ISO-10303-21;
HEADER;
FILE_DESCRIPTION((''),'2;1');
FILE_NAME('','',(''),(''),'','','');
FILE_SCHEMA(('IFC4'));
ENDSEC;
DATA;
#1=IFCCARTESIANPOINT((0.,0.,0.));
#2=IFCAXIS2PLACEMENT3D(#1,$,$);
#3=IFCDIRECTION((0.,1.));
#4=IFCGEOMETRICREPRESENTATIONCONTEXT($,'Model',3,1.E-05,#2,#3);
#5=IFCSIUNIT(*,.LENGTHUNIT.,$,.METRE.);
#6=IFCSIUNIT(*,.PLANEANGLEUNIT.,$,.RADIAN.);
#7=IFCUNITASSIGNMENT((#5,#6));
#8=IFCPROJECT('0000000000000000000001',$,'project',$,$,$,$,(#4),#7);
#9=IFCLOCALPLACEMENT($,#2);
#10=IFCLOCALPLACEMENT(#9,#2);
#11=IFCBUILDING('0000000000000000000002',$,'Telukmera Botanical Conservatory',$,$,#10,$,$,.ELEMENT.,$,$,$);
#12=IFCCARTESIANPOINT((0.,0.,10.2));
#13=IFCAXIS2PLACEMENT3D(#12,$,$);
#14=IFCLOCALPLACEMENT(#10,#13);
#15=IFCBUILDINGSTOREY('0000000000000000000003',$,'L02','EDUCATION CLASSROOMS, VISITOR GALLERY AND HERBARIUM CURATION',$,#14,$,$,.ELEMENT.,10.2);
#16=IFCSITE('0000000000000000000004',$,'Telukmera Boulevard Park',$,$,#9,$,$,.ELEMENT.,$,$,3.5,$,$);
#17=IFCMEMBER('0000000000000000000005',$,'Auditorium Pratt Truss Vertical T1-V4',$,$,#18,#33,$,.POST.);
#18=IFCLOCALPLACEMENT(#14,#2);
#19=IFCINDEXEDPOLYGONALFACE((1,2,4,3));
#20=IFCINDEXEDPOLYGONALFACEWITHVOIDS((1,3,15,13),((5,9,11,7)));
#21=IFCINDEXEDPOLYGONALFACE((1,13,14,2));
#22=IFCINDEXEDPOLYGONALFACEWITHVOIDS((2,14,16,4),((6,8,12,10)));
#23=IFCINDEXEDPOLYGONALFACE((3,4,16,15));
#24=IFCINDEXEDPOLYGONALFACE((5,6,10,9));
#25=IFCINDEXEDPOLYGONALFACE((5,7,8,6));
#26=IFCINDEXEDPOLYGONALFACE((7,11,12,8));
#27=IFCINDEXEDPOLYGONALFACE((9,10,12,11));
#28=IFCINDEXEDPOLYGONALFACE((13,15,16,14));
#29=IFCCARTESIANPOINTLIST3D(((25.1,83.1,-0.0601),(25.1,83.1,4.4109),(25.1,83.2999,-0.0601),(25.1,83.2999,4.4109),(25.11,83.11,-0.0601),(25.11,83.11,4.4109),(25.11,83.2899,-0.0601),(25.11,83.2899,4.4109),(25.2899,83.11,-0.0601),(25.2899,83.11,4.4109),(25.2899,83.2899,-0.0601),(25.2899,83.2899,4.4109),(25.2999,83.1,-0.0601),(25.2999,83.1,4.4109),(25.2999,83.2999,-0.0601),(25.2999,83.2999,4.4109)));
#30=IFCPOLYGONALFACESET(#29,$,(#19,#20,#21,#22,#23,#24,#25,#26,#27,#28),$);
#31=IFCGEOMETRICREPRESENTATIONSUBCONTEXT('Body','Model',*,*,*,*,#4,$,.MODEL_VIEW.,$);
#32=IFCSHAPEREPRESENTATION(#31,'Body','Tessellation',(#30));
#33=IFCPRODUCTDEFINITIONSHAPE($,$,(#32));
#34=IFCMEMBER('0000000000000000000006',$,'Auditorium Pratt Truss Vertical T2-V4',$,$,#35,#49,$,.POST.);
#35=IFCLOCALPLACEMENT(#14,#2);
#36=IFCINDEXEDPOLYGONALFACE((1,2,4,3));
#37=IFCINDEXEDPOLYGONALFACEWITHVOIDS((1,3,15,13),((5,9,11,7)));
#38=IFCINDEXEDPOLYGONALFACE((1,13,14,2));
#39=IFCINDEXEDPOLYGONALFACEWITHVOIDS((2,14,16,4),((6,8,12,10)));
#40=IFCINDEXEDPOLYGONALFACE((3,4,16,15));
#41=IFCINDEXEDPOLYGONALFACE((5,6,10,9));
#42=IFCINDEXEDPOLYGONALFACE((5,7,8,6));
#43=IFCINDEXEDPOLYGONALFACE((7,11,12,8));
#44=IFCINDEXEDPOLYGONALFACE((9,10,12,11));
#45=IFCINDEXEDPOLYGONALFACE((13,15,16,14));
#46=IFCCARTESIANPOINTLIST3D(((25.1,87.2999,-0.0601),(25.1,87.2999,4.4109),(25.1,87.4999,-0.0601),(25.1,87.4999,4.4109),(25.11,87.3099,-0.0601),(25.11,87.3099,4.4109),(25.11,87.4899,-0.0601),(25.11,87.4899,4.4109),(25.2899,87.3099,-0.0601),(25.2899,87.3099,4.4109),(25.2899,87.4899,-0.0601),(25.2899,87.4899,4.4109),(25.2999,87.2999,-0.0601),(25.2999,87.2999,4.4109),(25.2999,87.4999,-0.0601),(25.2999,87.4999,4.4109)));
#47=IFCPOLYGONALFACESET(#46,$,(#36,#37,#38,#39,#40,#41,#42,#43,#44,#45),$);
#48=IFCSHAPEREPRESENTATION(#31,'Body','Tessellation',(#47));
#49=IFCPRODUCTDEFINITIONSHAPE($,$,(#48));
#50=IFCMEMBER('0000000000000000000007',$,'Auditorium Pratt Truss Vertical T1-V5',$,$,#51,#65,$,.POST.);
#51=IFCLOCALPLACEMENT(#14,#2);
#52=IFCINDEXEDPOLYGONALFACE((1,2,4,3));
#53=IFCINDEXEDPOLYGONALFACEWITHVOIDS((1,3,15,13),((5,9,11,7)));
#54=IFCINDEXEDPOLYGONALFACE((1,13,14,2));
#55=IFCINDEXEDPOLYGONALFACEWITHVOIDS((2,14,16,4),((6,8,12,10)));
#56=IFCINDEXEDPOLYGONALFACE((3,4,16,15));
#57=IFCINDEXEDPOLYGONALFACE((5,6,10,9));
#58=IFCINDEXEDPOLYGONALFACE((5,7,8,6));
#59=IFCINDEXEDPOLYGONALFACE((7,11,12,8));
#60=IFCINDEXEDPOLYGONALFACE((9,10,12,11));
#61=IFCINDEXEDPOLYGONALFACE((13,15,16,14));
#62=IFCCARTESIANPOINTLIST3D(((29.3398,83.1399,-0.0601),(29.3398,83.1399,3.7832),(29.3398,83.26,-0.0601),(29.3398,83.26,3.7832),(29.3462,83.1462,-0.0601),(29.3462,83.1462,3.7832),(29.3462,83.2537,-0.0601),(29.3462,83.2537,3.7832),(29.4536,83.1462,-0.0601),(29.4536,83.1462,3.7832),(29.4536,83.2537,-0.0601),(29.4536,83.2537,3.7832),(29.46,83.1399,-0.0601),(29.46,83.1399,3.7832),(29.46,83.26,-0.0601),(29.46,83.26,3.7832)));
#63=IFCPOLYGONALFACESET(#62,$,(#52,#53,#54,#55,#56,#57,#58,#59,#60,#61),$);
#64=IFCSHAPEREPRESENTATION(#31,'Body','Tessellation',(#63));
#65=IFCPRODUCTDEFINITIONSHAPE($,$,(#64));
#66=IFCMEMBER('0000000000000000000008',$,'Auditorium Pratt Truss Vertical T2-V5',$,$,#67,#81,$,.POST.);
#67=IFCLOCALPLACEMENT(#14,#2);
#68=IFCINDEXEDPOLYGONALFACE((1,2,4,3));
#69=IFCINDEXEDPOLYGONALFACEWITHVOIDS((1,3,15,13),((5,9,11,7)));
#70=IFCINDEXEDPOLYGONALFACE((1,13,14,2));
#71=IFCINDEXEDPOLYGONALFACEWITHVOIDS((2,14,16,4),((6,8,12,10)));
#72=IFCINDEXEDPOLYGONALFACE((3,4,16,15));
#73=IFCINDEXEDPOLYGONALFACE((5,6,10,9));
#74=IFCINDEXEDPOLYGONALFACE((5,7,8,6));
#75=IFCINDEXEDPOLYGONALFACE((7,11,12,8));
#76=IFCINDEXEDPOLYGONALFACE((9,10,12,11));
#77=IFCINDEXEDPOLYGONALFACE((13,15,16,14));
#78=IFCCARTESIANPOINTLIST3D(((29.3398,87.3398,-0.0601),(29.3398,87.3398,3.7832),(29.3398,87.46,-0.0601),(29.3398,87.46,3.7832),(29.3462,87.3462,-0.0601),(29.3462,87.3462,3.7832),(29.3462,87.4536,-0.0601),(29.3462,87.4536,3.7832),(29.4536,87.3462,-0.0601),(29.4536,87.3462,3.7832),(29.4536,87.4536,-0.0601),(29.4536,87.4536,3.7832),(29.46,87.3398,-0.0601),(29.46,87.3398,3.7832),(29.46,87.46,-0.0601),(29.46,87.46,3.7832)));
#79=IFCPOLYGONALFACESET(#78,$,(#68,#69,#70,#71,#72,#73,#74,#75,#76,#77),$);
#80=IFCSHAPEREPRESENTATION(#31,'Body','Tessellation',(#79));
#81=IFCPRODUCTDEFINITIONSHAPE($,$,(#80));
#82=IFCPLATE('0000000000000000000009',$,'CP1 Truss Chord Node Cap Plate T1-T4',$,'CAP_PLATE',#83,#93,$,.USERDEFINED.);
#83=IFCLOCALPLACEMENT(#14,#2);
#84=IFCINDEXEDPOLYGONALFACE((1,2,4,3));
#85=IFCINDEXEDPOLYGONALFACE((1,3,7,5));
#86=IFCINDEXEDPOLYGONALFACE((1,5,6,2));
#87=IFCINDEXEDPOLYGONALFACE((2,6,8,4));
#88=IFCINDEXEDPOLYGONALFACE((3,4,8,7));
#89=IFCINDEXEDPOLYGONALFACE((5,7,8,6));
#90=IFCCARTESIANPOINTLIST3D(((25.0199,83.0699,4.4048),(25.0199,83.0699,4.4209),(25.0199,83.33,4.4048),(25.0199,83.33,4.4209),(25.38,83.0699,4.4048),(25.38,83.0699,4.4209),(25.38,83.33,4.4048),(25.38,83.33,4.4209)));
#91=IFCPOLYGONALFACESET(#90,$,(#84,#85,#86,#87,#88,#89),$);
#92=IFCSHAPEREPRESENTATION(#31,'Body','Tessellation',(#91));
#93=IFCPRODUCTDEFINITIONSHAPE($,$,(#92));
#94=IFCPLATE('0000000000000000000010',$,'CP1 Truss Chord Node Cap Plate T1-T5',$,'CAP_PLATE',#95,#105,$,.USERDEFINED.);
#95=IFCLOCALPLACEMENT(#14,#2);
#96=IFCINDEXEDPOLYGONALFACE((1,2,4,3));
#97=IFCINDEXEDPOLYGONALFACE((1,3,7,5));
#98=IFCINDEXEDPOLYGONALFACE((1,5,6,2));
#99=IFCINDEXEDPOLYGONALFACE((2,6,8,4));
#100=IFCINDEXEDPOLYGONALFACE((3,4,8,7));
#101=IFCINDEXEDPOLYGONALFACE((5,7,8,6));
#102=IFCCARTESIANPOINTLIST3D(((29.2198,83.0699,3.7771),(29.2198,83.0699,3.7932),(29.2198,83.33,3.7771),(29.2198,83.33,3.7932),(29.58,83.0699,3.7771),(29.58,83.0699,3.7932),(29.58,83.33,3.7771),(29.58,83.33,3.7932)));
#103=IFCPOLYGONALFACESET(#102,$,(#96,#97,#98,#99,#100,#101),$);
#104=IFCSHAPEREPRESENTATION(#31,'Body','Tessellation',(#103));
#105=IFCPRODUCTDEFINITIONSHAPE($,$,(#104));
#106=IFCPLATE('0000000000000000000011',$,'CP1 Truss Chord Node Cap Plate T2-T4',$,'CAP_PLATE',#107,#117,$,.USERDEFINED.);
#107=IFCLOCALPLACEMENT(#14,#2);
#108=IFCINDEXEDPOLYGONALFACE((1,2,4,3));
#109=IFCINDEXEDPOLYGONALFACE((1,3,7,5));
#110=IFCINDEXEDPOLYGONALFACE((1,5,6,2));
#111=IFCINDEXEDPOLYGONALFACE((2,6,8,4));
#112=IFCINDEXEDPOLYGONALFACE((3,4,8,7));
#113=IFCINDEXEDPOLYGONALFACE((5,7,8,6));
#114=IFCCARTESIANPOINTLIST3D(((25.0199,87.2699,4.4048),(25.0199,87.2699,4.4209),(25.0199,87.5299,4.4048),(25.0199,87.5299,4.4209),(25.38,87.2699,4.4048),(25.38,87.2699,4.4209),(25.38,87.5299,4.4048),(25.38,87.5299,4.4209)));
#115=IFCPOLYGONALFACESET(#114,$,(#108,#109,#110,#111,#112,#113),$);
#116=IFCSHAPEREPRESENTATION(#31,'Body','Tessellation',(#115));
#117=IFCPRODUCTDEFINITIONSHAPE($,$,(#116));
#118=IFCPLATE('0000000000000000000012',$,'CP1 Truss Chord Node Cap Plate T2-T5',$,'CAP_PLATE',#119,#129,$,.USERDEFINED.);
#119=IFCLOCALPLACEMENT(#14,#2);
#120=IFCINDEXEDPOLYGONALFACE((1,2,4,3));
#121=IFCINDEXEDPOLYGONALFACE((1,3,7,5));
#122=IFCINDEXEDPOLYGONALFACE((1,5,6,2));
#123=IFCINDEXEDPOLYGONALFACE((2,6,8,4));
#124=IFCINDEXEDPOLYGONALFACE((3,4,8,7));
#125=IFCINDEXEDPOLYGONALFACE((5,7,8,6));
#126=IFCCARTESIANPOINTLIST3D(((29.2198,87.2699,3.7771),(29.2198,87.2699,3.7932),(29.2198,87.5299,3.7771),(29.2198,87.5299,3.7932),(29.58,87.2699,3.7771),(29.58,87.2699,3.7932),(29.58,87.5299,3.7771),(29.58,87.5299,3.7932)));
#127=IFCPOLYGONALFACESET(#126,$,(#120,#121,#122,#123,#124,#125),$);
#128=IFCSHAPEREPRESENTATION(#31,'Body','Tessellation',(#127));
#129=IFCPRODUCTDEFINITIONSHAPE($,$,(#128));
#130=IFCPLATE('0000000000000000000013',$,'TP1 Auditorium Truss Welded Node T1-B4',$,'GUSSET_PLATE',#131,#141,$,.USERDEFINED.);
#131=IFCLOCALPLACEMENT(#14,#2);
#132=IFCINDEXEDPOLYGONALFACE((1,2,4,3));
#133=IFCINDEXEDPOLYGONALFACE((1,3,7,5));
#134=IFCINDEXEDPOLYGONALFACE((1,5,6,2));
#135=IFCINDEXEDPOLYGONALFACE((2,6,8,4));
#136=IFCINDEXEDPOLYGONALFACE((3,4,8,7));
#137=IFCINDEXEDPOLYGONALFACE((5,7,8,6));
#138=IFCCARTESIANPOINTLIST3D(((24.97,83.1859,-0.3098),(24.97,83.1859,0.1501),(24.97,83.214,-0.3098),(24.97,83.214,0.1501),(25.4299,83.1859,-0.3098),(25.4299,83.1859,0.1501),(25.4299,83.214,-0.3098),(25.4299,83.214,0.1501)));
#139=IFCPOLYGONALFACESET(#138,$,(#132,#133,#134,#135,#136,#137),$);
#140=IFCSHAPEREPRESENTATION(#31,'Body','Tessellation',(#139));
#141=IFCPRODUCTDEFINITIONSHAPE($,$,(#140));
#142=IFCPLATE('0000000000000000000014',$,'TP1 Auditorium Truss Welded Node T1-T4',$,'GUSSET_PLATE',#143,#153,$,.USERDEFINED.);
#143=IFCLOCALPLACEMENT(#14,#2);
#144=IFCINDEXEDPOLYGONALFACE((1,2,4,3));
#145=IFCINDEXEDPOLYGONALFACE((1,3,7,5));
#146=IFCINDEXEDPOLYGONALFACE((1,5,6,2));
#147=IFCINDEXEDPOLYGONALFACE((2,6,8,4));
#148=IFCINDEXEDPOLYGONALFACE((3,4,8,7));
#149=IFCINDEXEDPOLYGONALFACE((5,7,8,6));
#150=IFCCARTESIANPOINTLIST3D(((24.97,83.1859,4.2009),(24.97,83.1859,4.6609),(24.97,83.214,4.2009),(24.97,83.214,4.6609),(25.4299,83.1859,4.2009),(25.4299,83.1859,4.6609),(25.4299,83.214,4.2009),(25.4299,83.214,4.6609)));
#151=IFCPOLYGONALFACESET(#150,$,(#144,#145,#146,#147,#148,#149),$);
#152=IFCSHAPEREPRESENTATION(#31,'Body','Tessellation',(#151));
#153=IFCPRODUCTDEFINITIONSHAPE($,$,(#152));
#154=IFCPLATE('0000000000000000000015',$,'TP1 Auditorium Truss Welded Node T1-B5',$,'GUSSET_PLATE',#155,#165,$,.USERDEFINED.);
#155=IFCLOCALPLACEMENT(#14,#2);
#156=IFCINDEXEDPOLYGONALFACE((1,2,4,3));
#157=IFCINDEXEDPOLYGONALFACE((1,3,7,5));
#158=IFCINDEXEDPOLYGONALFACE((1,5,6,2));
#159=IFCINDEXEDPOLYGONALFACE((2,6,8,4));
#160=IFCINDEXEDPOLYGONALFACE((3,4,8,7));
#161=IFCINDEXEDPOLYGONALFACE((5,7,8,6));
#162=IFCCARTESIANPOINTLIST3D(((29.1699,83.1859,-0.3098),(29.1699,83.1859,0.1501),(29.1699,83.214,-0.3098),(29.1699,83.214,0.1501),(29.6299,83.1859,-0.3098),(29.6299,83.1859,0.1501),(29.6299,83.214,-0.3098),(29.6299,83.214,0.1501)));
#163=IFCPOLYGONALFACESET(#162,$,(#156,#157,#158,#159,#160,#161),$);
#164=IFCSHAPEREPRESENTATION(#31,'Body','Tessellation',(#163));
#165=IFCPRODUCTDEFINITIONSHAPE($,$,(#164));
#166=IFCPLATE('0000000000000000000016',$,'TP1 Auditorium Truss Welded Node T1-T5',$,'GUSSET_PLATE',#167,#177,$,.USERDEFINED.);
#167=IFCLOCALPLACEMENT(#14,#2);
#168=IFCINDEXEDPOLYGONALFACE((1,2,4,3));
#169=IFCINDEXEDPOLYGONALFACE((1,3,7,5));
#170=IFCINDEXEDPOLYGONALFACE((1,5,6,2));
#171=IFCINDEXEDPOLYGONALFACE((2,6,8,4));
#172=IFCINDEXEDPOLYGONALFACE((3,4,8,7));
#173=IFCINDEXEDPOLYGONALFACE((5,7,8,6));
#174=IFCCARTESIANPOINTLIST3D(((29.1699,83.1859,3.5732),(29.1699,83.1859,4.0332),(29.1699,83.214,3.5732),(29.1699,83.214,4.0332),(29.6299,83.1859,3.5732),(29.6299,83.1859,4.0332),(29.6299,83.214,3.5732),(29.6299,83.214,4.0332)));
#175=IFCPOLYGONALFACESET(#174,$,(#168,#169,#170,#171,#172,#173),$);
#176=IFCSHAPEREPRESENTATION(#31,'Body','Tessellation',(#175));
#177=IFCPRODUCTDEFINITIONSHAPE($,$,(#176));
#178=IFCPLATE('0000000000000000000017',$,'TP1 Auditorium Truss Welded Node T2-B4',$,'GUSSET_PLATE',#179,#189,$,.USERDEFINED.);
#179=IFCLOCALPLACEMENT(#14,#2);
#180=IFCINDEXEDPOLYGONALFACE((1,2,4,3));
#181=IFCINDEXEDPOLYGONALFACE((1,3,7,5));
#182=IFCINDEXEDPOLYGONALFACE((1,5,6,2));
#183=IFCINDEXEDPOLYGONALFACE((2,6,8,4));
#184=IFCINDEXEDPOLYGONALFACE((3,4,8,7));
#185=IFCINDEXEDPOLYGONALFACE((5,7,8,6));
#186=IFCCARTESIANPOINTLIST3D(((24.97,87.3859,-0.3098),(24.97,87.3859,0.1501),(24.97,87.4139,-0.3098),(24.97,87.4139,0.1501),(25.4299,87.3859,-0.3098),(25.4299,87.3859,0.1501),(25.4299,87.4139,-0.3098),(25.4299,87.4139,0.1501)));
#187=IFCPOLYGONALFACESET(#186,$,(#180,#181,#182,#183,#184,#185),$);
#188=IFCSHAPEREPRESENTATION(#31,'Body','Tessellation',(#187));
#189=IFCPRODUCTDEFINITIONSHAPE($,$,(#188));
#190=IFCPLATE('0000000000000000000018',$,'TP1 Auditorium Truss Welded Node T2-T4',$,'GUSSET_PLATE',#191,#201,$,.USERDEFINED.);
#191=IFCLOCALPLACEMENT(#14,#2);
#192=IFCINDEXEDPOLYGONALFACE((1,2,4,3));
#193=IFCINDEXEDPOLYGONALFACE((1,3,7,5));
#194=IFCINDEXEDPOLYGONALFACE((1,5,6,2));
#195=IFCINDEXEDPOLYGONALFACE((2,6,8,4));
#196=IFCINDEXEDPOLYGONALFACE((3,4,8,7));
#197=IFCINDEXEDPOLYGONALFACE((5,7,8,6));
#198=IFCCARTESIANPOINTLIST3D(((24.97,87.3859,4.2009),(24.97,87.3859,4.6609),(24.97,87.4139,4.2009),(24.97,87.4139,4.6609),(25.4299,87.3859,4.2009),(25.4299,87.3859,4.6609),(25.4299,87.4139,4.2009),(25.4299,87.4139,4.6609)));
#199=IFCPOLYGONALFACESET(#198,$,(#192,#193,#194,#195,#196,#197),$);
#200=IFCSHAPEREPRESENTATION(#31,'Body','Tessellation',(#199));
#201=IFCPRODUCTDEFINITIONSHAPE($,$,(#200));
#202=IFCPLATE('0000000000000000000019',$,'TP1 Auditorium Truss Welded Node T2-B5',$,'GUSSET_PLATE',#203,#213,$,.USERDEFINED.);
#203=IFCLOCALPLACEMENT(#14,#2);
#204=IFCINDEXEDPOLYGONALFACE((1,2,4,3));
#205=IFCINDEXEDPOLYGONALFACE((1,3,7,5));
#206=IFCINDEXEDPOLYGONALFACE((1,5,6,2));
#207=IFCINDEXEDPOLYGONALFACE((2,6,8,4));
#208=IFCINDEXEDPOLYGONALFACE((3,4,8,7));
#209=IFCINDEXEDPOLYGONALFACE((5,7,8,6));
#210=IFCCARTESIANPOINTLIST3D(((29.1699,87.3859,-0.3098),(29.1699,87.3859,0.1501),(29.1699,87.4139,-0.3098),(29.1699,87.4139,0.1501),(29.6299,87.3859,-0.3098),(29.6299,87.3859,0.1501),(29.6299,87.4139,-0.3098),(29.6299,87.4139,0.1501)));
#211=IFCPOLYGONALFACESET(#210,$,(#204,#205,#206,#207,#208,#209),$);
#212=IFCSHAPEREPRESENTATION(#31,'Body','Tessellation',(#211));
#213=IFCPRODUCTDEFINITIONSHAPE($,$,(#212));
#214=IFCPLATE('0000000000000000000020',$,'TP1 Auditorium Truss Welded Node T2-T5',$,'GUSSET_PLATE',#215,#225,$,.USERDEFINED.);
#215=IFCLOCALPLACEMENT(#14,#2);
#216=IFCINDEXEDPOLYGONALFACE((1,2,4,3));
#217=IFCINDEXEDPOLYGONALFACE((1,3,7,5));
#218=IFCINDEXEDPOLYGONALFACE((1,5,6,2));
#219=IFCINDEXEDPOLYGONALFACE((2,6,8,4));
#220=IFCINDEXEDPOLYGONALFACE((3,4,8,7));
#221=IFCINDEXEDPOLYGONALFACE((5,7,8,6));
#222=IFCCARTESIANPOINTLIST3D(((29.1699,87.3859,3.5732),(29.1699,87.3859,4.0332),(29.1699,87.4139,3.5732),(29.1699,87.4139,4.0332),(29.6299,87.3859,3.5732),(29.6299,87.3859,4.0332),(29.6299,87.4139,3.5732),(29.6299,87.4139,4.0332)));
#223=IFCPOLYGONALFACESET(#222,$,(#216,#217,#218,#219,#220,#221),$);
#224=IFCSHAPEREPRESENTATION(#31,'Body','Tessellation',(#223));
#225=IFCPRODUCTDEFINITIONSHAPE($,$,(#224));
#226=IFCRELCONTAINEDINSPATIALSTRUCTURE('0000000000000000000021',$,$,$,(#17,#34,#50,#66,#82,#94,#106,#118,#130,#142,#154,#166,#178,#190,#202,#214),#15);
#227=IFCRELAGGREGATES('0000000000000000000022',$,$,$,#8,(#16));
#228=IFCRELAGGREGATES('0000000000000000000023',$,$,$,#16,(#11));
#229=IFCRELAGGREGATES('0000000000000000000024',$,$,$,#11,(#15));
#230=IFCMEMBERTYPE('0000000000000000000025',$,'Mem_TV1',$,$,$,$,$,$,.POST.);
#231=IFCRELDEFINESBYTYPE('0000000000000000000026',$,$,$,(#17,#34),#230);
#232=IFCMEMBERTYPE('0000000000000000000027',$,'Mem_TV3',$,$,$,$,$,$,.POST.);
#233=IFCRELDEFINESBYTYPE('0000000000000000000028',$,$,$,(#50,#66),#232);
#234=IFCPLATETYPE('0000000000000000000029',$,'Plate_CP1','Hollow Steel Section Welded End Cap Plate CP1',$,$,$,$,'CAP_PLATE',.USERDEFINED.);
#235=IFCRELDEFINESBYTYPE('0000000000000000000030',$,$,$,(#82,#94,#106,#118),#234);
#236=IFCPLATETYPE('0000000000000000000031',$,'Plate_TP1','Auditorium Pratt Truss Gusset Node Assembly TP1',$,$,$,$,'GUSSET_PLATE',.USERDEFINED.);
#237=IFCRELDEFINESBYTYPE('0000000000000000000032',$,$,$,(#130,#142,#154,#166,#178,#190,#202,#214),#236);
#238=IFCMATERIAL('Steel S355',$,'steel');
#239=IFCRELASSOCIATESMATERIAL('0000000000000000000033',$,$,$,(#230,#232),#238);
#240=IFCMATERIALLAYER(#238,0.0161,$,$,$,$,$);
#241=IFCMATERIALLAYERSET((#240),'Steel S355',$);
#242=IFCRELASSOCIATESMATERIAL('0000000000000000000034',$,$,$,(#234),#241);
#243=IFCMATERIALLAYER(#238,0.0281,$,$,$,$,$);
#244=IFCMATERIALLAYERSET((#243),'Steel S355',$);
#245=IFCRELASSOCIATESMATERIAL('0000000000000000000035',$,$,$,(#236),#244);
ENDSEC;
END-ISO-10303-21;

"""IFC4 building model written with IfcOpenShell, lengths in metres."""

from ifc_helpers import new_model, si_unit, direction, frame, origin, origin_2d, place, context, subcontext, project, spatial, rectangle, hollow_rectangle, extrude, material, layer, layer_set, material_profile, profile_set, type_object, element, save


model = new_model("IFC4")

# Units and contexts
model_context = context("Model", 3, precision=1e-05, world=origin(), true_north=direction((0.0, 1.0)))
body_context = subcontext(model_context, "Body", "Model", "MODEL_VIEW")
ifc_project = project(units=[si_unit("LENGTHUNIT", "METRE"), si_unit("PLANEANGLEUNIT", "RADIAN")], contexts=[model_context])

# Site, building, storey
site_placement = place(None, origin())
site = spatial("IfcSite", under=ifc_project, at=site_placement, Name="Telukmera Boulevard Park", CompositionType="ELEMENT", RefElevation=3.5)
building_placement = place(site_placement, origin())
building = spatial("IfcBuilding", under=site, at=building_placement, Name="Telukmera Botanical Conservatory", CompositionType="ELEMENT")
storey_placement = place(building_placement, frame((0.0, 0.0, 10.2)))
storey = spatial("IfcBuildingStorey", under=building, at=storey_placement, Name="L02", Description="EDUCATION CLASSROOMS, VISITOR GALLERY AND HERBARIUM CURATION", CompositionType="ELEMENT", Elevation=10.2)

# Members
ifc_material_1 = material(Name="Steel S355", Category="steel")
ifc_material_profile_1 = material_profile(ifc_material_1, hollow_rectangle(XDim=0.2, YDim=0.2, WallThickness=0.01, at=origin_2d()), Name="SHS 200x200x10.0")
ifc_profile_set_1 = profile_set([ifc_material_profile_1], Name="Steel S355")
member_type_1 = type_object("IfcMemberType", Name="Mem_TV1", PredefinedType="POST", material=ifc_profile_set_1)
for number, where, z_axis, x_axis, name in (
    (1, (25.2, 83.2, -0.0601), (0.0, 0.0, 1.0), (1.0, 0.0, 0.0), "Auditorium Pratt Truss Vertical T1-V4"),
    (2, (25.2, 87.3999, -0.0601), (0.0, 0.0, 1.0), (1.0, 0.0, 0.0), "Auditorium Pratt Truss Vertical T2-V4"),
):
    element("IfcMember", number, at=place(storey_placement, frame(where, z_axis=z_axis, x_axis=x_axis)), inside=storey, type_object=member_type_1, Name=name, PredefinedType="POST", context=body_context, shape_type="SweptSolid", body=[
        extrude(hollow_rectangle(XDim=0.2, YDim=0.2, WallThickness=0.01, at=origin_2d()), origin(), (0.0, 0.0, 1.0), 4.4709),
    ])
ifc_material_profile_2 = material_profile(ifc_material_1, hollow_rectangle(XDim=0.1201, YDim=0.1201, WallThickness=0.0063, at=origin_2d()), Name="SHS 120x120x6.3")
ifc_profile_set_2 = profile_set([ifc_material_profile_2], Name="Steel S355")
member_type_2 = type_object("IfcMemberType", Name="Mem_TV3", PredefinedType="POST", material=ifc_profile_set_2)
for number, where, z_axis, x_axis, name in (
    (3, (29.3999, 83.2, -0.0601), (0.0, 0.0, 1.0), (1.0, 0.0, 0.0), "Auditorium Pratt Truss Vertical T1-V5"),
    (4, (29.3999, 87.3999, -0.0601), (0.0, 0.0, 1.0), (1.0, 0.0, 0.0), "Auditorium Pratt Truss Vertical T2-V5"),
):
    element("IfcMember", number, at=place(storey_placement, frame(where, z_axis=z_axis, x_axis=x_axis)), inside=storey, type_object=member_type_2, Name=name, PredefinedType="POST", context=body_context, shape_type="SweptSolid", body=[
        extrude(hollow_rectangle(XDim=0.1201, YDim=0.1201, WallThickness=0.0063, at=origin_2d()), origin(), (0.0, 0.0, 1.0), 3.8433),
    ])

# Plates
ifc_layer_1 = layer(ifc_material_1, 0.0161)
ifc_layer_set_1 = layer_set([ifc_layer_1], Name="Steel S355")
plate_type_1 = type_object("IfcPlateType", Name="Plate_CP1", Description="Hollow Steel Section Welded End Cap Plate CP1", ElementType="CAP_PLATE", PredefinedType="USERDEFINED", material=ifc_layer_set_1)
for number, where, z_axis, x_axis, name in (
    (5, (25.2, 83.2, 4.4048), (0.0, 0.0, 1.0), (1.0, 0.0, 0.0), "CP1 Truss Chord Node Cap Plate T1-T4"),
    (6, (29.3999, 83.2, 3.7771), (0.0, 0.0, 1.0), (1.0, 0.0, 0.0), "CP1 Truss Chord Node Cap Plate T1-T5"),
    (7, (25.2, 87.3999, 4.4048), (0.0, 0.0, 1.0), (1.0, 0.0, 0.0), "CP1 Truss Chord Node Cap Plate T2-T4"),
    (8, (29.3999, 87.3999, 3.7771), (0.0, 0.0, 1.0), (1.0, 0.0, 0.0), "CP1 Truss Chord Node Cap Plate T2-T5"),
):
    element("IfcPlate", number, at=place(storey_placement, frame(where, z_axis=z_axis, x_axis=x_axis)), inside=storey, type_object=plate_type_1, Name=name, ObjectType="CAP_PLATE", PredefinedType="USERDEFINED", context=body_context, shape_type="SweptSolid", body=[
        extrude(rectangle(XDim=0.3601, YDim=0.26, at=origin_2d()), origin(), (0.0, 0.0, 1.0), 0.0161),
    ])
ifc_layer_2 = layer(ifc_material_1, 0.0281)
ifc_layer_set_2 = layer_set([ifc_layer_2], Name="Steel S355")
plate_type_2 = type_object("IfcPlateType", Name="Plate_TP1", Description="Auditorium Pratt Truss Gusset Node Assembly TP1", ElementType="GUSSET_PLATE", PredefinedType="USERDEFINED", material=ifc_layer_set_2)
for number, where, z_axis, x_axis, name in (
    (9, (25.2, 83.2, -0.3098), (0.0, 0.0, 1.0), (1.0, 0.0, 0.0), "TP1 Auditorium Truss Welded Node T1-B4"),
    (10, (25.2, 83.2, 4.2009), (0.0, 0.0, 1.0), (1.0, 0.0, 0.0), "TP1 Auditorium Truss Welded Node T1-T4"),
    (11, (29.3999, 83.2, -0.3098), (0.0, 0.0, 1.0), (1.0, 0.0, 0.0), "TP1 Auditorium Truss Welded Node T1-B5"),
    (12, (29.3999, 83.2, 3.5732), (0.0, 0.0, 1.0), (1.0, 0.0, 0.0), "TP1 Auditorium Truss Welded Node T1-T5"),
    (13, (25.2, 87.3999, -0.3098), (0.0, 0.0, 1.0), (1.0, 0.0, 0.0), "TP1 Auditorium Truss Welded Node T2-B4"),
    (14, (25.2, 87.3999, 4.2009), (0.0, 0.0, 1.0), (1.0, 0.0, 0.0), "TP1 Auditorium Truss Welded Node T2-T4"),
    (15, (29.3999, 87.3999, -0.3098), (0.0, 0.0, 1.0), (1.0, 0.0, 0.0), "TP1 Auditorium Truss Welded Node T2-B5"),
    (16, (29.3999, 87.3999, 3.5732), (0.0, 0.0, 1.0), (1.0, 0.0, 0.0), "TP1 Auditorium Truss Welded Node T2-T5"),
):
    element("IfcPlate", number, at=place(storey_placement, frame(where, z_axis=z_axis, x_axis=x_axis)), inside=storey, type_object=plate_type_2, Name=name, ObjectType="GUSSET_PLATE", PredefinedType="USERDEFINED", context=body_context, shape_type="SweptSolid", body=[
        extrude(rectangle(XDim=0.46, YDim=0.0281, at=origin_2d()), origin(), (0.0, 0.0, 1.0), 0.46),
    ])

save(model, "model.ifc")
